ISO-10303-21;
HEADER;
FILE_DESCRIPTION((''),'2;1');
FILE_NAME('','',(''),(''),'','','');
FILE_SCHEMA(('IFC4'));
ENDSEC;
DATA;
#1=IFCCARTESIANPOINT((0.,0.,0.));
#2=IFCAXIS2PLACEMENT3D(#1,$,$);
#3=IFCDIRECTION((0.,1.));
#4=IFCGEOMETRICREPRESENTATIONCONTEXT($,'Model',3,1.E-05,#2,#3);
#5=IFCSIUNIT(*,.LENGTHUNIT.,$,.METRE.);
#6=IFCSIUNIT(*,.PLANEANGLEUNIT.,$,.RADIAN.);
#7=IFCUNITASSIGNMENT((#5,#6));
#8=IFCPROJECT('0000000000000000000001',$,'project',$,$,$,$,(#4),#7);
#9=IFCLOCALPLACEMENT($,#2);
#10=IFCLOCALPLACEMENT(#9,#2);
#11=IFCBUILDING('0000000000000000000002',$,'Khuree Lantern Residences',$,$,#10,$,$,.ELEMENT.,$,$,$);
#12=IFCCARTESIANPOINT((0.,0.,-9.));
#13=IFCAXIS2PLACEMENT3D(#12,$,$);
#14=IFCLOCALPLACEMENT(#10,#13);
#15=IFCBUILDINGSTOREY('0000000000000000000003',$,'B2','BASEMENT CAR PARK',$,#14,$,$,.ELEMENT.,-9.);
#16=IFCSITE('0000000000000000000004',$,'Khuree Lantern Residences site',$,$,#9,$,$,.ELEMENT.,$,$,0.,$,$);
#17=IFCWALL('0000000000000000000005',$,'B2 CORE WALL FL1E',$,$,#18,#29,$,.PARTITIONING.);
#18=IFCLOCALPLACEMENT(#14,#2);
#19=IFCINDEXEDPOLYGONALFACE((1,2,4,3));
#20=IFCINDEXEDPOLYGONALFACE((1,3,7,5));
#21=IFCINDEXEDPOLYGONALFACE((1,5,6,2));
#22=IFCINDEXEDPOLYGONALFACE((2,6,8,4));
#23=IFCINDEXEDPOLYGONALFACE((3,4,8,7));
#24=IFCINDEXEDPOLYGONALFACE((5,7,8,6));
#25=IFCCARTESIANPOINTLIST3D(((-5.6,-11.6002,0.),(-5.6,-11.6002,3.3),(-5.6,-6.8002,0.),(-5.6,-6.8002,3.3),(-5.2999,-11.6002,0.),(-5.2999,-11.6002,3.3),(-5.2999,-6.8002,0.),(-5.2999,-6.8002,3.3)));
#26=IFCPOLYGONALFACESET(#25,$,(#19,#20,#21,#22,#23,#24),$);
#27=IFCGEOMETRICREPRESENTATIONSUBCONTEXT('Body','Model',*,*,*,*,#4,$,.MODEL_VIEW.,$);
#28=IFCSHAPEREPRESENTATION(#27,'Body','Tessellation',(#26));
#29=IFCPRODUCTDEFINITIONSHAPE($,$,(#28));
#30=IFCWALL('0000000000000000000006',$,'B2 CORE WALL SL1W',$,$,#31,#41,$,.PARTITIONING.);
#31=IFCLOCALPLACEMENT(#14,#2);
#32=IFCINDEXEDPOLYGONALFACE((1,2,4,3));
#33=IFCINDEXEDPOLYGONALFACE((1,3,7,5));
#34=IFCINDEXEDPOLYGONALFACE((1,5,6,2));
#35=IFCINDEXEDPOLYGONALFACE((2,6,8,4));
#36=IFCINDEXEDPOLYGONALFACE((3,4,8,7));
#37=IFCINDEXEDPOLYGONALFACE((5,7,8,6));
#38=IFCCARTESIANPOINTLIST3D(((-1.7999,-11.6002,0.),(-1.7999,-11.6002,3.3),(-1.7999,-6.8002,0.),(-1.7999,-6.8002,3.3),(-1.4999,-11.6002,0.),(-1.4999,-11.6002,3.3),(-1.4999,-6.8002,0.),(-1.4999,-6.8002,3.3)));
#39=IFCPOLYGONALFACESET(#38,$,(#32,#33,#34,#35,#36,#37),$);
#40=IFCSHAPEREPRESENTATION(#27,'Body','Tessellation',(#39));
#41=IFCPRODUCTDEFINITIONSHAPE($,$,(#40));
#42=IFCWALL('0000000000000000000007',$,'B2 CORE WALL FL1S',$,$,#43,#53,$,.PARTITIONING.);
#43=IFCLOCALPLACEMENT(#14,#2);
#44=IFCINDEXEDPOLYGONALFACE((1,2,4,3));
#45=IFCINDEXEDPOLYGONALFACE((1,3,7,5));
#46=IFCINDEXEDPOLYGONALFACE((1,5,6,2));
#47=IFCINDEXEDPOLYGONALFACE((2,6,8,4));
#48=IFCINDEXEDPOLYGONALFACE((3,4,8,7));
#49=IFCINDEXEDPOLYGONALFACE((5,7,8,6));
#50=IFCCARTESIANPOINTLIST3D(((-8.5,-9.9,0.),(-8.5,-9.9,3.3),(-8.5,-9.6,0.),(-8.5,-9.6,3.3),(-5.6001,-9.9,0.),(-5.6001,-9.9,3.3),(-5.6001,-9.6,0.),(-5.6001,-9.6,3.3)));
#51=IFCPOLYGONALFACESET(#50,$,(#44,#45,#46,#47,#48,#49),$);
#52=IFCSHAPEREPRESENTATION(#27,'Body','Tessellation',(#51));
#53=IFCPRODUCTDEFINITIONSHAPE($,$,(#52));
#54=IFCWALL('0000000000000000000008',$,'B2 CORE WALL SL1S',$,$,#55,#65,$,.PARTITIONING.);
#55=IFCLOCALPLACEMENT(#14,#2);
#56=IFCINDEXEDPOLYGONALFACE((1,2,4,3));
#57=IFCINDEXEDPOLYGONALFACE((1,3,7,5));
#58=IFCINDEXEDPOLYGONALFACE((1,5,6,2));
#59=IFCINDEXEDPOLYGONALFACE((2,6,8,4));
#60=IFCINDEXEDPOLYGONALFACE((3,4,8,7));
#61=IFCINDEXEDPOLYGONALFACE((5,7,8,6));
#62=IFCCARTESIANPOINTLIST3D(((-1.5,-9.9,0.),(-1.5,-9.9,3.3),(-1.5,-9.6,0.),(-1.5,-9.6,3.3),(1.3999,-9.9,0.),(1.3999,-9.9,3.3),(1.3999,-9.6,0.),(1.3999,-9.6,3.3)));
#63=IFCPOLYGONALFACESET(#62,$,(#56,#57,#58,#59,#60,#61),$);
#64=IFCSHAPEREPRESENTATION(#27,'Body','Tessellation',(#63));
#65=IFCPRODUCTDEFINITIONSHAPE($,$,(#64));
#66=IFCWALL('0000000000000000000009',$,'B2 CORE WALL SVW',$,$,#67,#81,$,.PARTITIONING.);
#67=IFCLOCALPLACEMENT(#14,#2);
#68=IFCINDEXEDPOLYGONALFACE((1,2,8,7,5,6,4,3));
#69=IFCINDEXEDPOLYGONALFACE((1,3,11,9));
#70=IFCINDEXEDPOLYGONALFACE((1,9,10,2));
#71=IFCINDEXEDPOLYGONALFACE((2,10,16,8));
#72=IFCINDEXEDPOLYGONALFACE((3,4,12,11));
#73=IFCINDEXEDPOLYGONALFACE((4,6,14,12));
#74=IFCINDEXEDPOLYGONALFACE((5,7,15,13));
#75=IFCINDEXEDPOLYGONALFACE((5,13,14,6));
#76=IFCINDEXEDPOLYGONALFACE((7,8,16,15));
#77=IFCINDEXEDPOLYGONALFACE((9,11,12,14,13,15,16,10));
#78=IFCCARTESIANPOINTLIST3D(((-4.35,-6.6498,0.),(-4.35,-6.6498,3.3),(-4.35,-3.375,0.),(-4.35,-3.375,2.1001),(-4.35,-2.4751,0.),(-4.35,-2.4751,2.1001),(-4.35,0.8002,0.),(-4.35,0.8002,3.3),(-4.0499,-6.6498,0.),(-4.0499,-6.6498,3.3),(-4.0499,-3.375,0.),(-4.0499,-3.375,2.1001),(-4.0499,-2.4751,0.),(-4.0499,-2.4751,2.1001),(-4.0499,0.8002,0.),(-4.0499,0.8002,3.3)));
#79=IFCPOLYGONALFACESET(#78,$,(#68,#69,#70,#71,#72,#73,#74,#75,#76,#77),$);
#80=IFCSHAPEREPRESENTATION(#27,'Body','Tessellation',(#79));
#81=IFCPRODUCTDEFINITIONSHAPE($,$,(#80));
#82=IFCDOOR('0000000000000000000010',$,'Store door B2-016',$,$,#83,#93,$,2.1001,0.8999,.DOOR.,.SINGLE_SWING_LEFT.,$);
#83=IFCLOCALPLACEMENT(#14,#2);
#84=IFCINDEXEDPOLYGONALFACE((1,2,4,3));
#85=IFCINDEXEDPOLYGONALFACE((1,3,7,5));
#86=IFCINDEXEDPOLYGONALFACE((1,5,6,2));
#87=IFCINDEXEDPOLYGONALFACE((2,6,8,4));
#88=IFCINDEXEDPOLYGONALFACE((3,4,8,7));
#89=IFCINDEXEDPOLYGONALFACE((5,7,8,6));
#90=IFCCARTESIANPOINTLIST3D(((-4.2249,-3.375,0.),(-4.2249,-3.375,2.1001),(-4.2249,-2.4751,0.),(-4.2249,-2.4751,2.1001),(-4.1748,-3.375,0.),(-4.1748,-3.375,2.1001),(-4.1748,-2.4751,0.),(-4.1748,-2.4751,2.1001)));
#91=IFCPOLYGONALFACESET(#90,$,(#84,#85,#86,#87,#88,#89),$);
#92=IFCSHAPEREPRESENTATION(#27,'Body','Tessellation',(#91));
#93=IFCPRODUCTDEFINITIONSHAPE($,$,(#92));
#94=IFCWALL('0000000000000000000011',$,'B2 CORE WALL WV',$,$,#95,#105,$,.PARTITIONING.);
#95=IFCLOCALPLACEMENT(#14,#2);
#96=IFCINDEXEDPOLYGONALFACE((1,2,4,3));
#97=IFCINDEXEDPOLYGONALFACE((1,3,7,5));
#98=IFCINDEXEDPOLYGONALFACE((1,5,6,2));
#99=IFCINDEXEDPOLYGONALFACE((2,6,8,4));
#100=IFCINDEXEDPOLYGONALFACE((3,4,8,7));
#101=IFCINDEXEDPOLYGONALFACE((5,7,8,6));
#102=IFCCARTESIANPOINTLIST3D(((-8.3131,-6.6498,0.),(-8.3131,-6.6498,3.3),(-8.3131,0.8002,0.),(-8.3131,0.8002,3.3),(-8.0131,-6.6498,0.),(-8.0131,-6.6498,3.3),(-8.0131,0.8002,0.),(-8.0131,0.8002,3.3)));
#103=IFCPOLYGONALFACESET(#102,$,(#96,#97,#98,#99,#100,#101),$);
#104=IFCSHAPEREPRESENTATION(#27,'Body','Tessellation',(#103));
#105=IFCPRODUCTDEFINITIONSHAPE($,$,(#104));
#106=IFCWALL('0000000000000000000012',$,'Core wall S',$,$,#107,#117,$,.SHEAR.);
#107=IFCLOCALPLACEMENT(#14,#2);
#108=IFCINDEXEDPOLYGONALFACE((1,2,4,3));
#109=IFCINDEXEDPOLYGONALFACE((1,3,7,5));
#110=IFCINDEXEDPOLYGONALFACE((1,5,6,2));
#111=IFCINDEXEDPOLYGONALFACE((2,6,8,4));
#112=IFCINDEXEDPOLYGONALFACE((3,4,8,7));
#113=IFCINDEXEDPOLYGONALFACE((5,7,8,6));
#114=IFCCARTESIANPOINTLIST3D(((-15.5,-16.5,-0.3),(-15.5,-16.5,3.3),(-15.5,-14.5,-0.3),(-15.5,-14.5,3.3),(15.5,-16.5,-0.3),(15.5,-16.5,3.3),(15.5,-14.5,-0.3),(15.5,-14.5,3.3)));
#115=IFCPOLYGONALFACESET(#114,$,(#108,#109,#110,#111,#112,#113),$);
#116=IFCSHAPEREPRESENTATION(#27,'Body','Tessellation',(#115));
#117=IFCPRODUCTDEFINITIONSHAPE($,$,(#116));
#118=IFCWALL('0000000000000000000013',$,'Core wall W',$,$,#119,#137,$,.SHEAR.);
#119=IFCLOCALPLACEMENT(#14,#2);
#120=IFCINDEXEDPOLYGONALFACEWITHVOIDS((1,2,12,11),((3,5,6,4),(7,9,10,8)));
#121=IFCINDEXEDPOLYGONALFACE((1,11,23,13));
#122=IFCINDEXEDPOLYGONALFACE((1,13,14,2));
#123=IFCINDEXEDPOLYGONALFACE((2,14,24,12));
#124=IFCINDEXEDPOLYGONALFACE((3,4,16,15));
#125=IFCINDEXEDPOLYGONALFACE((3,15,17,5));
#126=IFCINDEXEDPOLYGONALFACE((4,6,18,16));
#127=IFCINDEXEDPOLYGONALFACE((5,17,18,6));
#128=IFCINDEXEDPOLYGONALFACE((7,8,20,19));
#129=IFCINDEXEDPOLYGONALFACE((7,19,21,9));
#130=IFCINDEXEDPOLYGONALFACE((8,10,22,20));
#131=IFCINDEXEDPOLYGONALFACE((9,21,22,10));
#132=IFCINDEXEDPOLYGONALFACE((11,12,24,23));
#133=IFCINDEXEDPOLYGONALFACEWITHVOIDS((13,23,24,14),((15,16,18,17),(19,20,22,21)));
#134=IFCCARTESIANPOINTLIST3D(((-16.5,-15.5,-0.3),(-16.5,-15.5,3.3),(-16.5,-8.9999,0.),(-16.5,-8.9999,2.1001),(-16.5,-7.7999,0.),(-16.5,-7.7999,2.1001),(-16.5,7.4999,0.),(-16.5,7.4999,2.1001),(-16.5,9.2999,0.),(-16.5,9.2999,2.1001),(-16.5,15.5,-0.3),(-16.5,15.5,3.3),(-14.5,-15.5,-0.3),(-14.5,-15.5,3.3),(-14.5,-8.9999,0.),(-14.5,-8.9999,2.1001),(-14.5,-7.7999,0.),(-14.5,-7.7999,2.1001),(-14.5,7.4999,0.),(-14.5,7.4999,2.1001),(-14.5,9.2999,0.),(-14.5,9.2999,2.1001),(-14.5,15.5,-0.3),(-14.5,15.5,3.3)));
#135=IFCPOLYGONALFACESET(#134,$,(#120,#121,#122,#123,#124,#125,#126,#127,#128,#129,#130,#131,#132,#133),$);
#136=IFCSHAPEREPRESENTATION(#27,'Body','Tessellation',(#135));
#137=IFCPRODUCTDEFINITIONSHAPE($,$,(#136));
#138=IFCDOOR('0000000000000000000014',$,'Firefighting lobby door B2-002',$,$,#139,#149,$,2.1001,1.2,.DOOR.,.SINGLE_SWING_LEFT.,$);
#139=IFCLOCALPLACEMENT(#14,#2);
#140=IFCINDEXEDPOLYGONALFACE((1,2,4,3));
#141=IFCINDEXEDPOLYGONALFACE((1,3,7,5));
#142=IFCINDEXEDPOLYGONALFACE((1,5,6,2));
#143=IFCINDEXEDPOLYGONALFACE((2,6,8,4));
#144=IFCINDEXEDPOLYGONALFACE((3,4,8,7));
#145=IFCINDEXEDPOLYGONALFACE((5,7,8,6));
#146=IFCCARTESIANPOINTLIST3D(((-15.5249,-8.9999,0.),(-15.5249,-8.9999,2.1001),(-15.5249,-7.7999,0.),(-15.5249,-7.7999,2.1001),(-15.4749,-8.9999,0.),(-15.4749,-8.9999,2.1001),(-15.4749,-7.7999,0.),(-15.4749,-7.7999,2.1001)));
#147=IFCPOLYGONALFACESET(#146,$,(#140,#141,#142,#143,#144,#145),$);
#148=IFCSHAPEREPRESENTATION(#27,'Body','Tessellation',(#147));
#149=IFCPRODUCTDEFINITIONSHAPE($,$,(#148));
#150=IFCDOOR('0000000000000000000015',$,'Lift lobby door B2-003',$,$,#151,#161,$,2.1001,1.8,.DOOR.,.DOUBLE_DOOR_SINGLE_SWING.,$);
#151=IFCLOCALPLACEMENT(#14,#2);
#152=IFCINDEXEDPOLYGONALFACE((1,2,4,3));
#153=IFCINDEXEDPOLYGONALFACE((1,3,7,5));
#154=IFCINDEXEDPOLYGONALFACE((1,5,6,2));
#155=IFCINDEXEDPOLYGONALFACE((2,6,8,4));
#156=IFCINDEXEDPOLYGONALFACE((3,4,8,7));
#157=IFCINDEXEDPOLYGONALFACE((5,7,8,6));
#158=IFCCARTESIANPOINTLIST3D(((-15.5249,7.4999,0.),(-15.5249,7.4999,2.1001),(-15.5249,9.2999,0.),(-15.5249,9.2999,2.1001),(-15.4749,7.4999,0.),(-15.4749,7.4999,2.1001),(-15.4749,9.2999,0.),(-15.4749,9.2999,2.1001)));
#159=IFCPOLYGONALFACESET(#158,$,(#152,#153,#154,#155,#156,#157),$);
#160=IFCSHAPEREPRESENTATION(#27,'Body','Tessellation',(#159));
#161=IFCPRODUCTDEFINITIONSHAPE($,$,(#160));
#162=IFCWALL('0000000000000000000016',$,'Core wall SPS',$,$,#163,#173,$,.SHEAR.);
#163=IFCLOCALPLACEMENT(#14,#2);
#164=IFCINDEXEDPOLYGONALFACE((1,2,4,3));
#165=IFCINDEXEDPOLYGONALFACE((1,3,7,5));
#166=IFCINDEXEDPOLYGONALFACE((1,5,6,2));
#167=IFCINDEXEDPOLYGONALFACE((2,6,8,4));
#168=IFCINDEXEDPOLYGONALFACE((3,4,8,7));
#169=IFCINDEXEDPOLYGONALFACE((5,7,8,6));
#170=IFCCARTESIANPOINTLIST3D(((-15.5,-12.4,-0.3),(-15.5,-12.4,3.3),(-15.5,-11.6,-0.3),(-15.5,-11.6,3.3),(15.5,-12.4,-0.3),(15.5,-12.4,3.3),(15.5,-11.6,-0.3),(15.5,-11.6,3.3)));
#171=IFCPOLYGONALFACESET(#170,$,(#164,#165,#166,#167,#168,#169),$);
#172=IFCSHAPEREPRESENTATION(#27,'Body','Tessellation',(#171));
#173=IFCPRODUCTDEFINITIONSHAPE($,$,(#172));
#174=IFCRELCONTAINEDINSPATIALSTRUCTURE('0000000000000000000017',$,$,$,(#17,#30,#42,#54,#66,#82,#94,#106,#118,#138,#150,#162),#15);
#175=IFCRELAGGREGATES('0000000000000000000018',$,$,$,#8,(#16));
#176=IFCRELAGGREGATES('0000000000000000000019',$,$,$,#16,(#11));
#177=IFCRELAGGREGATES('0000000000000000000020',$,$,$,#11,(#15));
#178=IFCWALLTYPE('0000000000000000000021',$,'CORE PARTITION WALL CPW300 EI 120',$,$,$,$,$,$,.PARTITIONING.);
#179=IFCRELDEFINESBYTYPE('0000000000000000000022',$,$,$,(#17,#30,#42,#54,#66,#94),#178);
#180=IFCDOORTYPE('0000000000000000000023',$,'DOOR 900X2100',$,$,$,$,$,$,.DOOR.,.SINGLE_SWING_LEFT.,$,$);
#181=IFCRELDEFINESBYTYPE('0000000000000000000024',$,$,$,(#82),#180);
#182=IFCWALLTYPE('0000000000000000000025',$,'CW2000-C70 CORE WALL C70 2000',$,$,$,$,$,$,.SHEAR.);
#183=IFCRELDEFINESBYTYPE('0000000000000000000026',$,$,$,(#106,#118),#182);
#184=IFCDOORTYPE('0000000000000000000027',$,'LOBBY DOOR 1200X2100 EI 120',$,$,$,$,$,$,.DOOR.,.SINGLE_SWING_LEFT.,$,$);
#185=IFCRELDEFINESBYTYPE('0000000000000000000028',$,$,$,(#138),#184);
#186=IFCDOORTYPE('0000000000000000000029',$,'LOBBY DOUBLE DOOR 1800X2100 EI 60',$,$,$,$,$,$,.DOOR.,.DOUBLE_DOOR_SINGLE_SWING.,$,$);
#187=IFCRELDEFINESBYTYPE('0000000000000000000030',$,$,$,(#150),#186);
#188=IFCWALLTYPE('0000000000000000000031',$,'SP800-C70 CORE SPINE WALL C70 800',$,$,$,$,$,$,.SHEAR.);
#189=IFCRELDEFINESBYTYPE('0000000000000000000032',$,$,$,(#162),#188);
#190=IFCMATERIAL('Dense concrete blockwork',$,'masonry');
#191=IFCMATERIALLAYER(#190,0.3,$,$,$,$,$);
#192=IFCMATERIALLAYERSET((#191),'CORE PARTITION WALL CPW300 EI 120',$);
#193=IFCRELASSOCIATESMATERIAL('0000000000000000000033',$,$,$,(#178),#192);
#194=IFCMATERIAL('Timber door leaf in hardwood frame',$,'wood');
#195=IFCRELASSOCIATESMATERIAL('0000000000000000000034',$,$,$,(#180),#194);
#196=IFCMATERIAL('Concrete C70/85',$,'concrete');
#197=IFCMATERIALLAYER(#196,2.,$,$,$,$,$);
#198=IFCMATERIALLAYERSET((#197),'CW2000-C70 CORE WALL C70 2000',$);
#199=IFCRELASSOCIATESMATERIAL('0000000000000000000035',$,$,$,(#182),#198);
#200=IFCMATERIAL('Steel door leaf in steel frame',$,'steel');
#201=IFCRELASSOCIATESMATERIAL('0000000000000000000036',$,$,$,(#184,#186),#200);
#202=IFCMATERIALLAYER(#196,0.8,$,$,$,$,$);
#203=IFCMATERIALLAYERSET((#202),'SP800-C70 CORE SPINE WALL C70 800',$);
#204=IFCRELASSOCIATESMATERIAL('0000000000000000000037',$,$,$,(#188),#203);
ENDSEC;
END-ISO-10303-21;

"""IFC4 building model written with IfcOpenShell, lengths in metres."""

from ifc_helpers import new_model, si_unit, direction, frame, frame_2d, origin, place, context, subcontext, project, spatial, rectangle, extrude, material, layer, layer_set, type_object, element, fill, save


model = new_model("IFC4")

# Units and contexts
model_context = context("Model", 3, precision=1e-05, world=origin(), true_north=direction((0.0, 1.0)))
body_context = subcontext(model_context, "Body", "Model", "MODEL_VIEW")
ifc_project = project(units=[si_unit("LENGTHUNIT", "METRE"), si_unit("PLANEANGLEUNIT", "RADIAN")], contexts=[model_context])

# Site, building, storey
site_placement = place(None, origin())
site = spatial("IfcSite", under=ifc_project, at=site_placement, Name="Khuree Lantern Residences site", CompositionType="ELEMENT", RefElevation=0.0)
building_placement = place(site_placement, origin())
building = spatial("IfcBuilding", under=site, at=building_placement, Name="Khuree Lantern Residences", CompositionType="ELEMENT")
storey_placement = place(building_placement, frame((0.0, 0.0, -9.0)))
storey = spatial("IfcBuildingStorey", under=building, at=storey_placement, Name="B2", Description="BASEMENT CAR PARK", CompositionType="ELEMENT", Elevation=-9.0)

# Shared definitions
ifc_material_1 = material(Name="Concrete C70/85", Category="concrete")

# Shared definitions
ifc_material_2 = material(Name="Dense concrete blockwork", Category="masonry")
ifc_layer_1 = layer(ifc_material_2, 0.3)
ifc_layer_set_1 = layer_set([ifc_layer_1], Name="CORE PARTITION WALL CPW300 EI 120")
wall_type_1 = type_object("IfcWallType", Name="CORE PARTITION WALL CPW300 EI 120", PredefinedType="PARTITIONING", material=ifc_layer_set_1)

# Shared definitions
ifc_material_3 = material(Name="Steel door leaf in steel frame", Category="steel")

# Walls
for number, where, z_axis, x_axis, name in (
    (1, (-5.45, -11.6001, 0.0), (0.0, 0.0, 1.0), (0.0, 1.0, 0.0), "B2 CORE WALL FL1E"),
    (2, (-1.6499, -11.6001, 0.0), (0.0, 0.0, 1.0), (0.0, 1.0, 0.0), "B2 CORE WALL SL1W"),
):
    element("IfcWall", number, at=place(storey_placement, frame(where, z_axis=z_axis, x_axis=x_axis)), inside=storey, type_object=wall_type_1, Name=name, PredefinedType="PARTITIONING", context=body_context, shape_type="SweptSolid", body=[
        extrude(rectangle(XDim=4.8, YDim=0.3, at=frame_2d((2.3999, 0.0))), origin(), (0.0, 0.0, 1.0), 3.3),
    ])
for number, where, z_axis, x_axis, name in (
    (3, (-8.5, -9.75, 0.0), (0.0, 0.0, 1.0), (1.0, 0.0, 0.0), "B2 CORE WALL FL1S"),
    (4, (-1.5, -9.75, 0.0), (0.0, 0.0, 1.0), (1.0, 0.0, 0.0), "B2 CORE WALL SL1S"),
):
    element("IfcWall", number, at=place(storey_placement, frame(where, z_axis=z_axis, x_axis=x_axis)), inside=storey, type_object=wall_type_1, Name=name, PredefinedType="PARTITIONING", context=body_context, shape_type="SweptSolid", body=[
        extrude(rectangle(XDim=2.8999, YDim=0.3, at=frame_2d((1.45, 0.0))), origin(), (0.0, 0.0, 1.0), 3.3),
    ])

# Wall, opening, door
wall_1_placement = place(storey_placement, frame((-4.2, -6.6499, 0.0), z_axis=(0.0, 0.0, 1.0), x_axis=(0.0, 1.0, 0.0)))
wall_1 = element("IfcWall", 5, at=wall_1_placement, inside=storey, type_object=wall_type_1, Name="B2 CORE WALL SVW", PredefinedType="PARTITIONING", context=body_context, shape_type="SweptSolid", body=[
    extrude(rectangle(XDim=7.45, YDim=0.3, at=frame_2d((3.7251, 0.0))), origin(), (0.0, 0.0, 1.0), 3.3),
])
opening_1_placement = place(wall_1_placement, frame((3.2749, 0.0, 0.0)))
opening_1 = element("IfcOpeningElement", 6, at=opening_1_placement, cuts=wall_1, PredefinedType="OPENING", context=body_context, shape_type="SweptSolid", body=[
    extrude(rectangle(XDim=0.8999, YDim=2.1001, at=frame_2d((0.45, 1.05))), frame((0.0, 0.1602, 0.0), z_axis=(0.0, -1.0, 0.0), x_axis=(1.0, 0.0, 0.0)), (0.0, 0.0, 1.0), 0.3201),
])
ifc_material_4 = material(Name="Timber door leaf in hardwood frame", Category="wood")
door_type_1 = type_object("IfcDoorType", Name="DOOR 900X2100", OperationType="SINGLE_SWING_LEFT", PredefinedType="DOOR", material=ifc_material_4)
door_1_placement = place(opening_1_placement, origin())
door_1 = element("IfcDoor", 7, at=door_1_placement, inside=storey, type_object=door_type_1, Name="Store door B2-016", OperationType="SINGLE_SWING_LEFT", OverallHeight=2.1001, OverallWidth=0.8999, PredefinedType="DOOR", context=body_context, shape_type="SweptSolid", body=[
    extrude(rectangle(XDim=0.8999, YDim=2.1001, at=frame_2d((0.45, 1.05))), frame((0.0, 0.0249, 0.0), z_axis=(0.0, -1.0, 0.0), x_axis=(1.0, 0.0, 0.0)), (0.0, 0.0, 1.0), 0.05),
])
fill(opening_1, door_1)

# Walls
wall_2_placement = place(storey_placement, frame((-8.1631, -6.6499, 0.0), z_axis=(0.0, 0.0, 1.0), x_axis=(0.0, 1.0, 0.0)))
element("IfcWall", 8, at=wall_2_placement, inside=storey, type_object=wall_type_1, Name="B2 CORE WALL WV", PredefinedType="PARTITIONING", context=body_context, shape_type="SweptSolid", body=[
    extrude(rectangle(XDim=7.45, YDim=0.3, at=frame_2d((3.7251, 0.0))), origin(), (0.0, 0.0, 1.0), 3.3),
])
ifc_layer_2 = layer(ifc_material_1, 2.0)
ifc_layer_set_2 = layer_set([ifc_layer_2], Name="CW2000-C70 CORE WALL C70 2000")
wall_type_2 = type_object("IfcWallType", Name="CW2000-C70 CORE WALL C70 2000", PredefinedType="SHEAR", material=ifc_layer_set_2)
wall_3_placement = place(storey_placement, frame((-15.5, -15.5, -0.3), z_axis=(0.0, 0.0, 1.0), x_axis=(1.0, 0.0, 0.0)))
element("IfcWall", 9, at=wall_3_placement, inside=storey, type_object=wall_type_2, Name="Core wall S", PredefinedType="SHEAR", context=body_context, shape_type="SweptSolid", body=[
    extrude(rectangle(XDim=31.0, YDim=2.0, at=frame_2d((15.5, 0.0))), origin(), (0.0, 0.0, 1.0), 3.6001),
])

# Wall, openings, doors
wall_4_placement = place(storey_placement, frame((-15.5, -15.5, -0.3), z_axis=(0.0, 0.0, 1.0), x_axis=(0.0, 1.0, 0.0)))
wall_4 = element("IfcWall", 10, at=wall_4_placement, inside=storey, type_object=wall_type_2, Name="Core wall W", PredefinedType="SHEAR", context=body_context, shape_type="SweptSolid", body=[
    extrude(rectangle(XDim=31.0, YDim=2.0, at=frame_2d((15.5, 0.0))), origin(), (0.0, 0.0, 1.0), 3.6001),
])
opening_2_placement = place(wall_4_placement, frame((6.5, 0.0, 0.3)))
opening_2 = element("IfcOpeningElement", 11, at=opening_2_placement, cuts=wall_4, PredefinedType="OPENING", context=body_context, shape_type="SweptSolid", body=[
    extrude(rectangle(XDim=1.2, YDim=2.1001, at=frame_2d((0.6001, 1.05))), frame((0.0, 1.01, 0.0), z_axis=(0.0, -1.0, 0.0), x_axis=(1.0, 0.0, 0.0)), (0.0, 0.0, 1.0), 2.02),
])
opening_3_placement = place(wall_4_placement, frame((23.0, 0.0, 0.3)))
opening_3 = element("IfcOpeningElement", 12, at=opening_3_placement, cuts=wall_4, PredefinedType="OPENING", context=body_context, shape_type="SweptSolid", body=[
    extrude(rectangle(XDim=1.8, YDim=2.1001, at=frame_2d((0.8999, 1.05))), frame((0.0, 1.01, 0.0), z_axis=(0.0, -1.0, 0.0), x_axis=(1.0, 0.0, 0.0)), (0.0, 0.0, 1.0), 2.02),
])
door_type_2 = type_object("IfcDoorType", Name="LOBBY DOOR 1200X2100 EI 120", OperationType="SINGLE_SWING_LEFT", PredefinedType="DOOR", material=ifc_material_3)
door_2_placement = place(opening_2_placement, origin())
door_2 = element("IfcDoor", 13, at=door_2_placement, inside=storey, type_object=door_type_2, Name="Firefighting lobby door B2-002", OperationType="SINGLE_SWING_LEFT", OverallHeight=2.1001, OverallWidth=1.2, PredefinedType="DOOR", context=body_context, shape_type="SweptSolid", body=[
    extrude(rectangle(XDim=1.2, YDim=2.1001, at=frame_2d((0.6001, 1.05))), frame((0.0, 0.0249, 0.0), z_axis=(0.0, -1.0, 0.0), x_axis=(1.0, 0.0, 0.0)), (0.0, 0.0, 1.0), 0.05),
])
fill(opening_2, door_2)
door_type_3 = type_object("IfcDoorType", Name="LOBBY DOUBLE DOOR 1800X2100 EI 60", OperationType="DOUBLE_DOOR_SINGLE_SWING", PredefinedType="DOOR", material=ifc_material_3)
door_3_placement = place(opening_3_placement, origin())
door_3 = element("IfcDoor", 14, at=door_3_placement, inside=storey, type_object=door_type_3, Name="Lift lobby door B2-003", OperationType="DOUBLE_DOOR_SINGLE_SWING", OverallHeight=2.1001, OverallWidth=1.8, PredefinedType="DOOR", context=body_context, shape_type="SweptSolid", body=[
    extrude(rectangle(XDim=1.8, YDim=2.1001, at=frame_2d((0.8999, 1.05))), frame((0.0, 0.0249, 0.0), z_axis=(0.0, -1.0, 0.0), x_axis=(1.0, 0.0, 0.0)), (0.0, 0.0, 1.0), 0.05),
])
fill(opening_3, door_3)

# Wall
ifc_layer_3 = layer(ifc_material_1, 0.8)
ifc_layer_set_3 = layer_set([ifc_layer_3], Name="SP800-C70 CORE SPINE WALL C70 800")
wall_type_3 = type_object("IfcWallType", Name="SP800-C70 CORE SPINE WALL C70 800", PredefinedType="SHEAR", material=ifc_layer_set_3)
wall_5_placement = place(storey_placement, frame((-15.5, -12.0, -0.3), z_axis=(0.0, 0.0, 1.0), x_axis=(1.0, 0.0, 0.0)))
element("IfcWall", 15, at=wall_5_placement, inside=storey, type_object=wall_type_3, Name="Core wall SPS", PredefinedType="SHEAR", context=body_context, shape_type="SweptSolid", body=[
    extrude(rectangle(XDim=31.0, YDim=0.8, at=frame_2d((15.5, 0.0))), origin(), (0.0, 0.0, 1.0), 3.6001),
])

save(model, "model.ifc")
